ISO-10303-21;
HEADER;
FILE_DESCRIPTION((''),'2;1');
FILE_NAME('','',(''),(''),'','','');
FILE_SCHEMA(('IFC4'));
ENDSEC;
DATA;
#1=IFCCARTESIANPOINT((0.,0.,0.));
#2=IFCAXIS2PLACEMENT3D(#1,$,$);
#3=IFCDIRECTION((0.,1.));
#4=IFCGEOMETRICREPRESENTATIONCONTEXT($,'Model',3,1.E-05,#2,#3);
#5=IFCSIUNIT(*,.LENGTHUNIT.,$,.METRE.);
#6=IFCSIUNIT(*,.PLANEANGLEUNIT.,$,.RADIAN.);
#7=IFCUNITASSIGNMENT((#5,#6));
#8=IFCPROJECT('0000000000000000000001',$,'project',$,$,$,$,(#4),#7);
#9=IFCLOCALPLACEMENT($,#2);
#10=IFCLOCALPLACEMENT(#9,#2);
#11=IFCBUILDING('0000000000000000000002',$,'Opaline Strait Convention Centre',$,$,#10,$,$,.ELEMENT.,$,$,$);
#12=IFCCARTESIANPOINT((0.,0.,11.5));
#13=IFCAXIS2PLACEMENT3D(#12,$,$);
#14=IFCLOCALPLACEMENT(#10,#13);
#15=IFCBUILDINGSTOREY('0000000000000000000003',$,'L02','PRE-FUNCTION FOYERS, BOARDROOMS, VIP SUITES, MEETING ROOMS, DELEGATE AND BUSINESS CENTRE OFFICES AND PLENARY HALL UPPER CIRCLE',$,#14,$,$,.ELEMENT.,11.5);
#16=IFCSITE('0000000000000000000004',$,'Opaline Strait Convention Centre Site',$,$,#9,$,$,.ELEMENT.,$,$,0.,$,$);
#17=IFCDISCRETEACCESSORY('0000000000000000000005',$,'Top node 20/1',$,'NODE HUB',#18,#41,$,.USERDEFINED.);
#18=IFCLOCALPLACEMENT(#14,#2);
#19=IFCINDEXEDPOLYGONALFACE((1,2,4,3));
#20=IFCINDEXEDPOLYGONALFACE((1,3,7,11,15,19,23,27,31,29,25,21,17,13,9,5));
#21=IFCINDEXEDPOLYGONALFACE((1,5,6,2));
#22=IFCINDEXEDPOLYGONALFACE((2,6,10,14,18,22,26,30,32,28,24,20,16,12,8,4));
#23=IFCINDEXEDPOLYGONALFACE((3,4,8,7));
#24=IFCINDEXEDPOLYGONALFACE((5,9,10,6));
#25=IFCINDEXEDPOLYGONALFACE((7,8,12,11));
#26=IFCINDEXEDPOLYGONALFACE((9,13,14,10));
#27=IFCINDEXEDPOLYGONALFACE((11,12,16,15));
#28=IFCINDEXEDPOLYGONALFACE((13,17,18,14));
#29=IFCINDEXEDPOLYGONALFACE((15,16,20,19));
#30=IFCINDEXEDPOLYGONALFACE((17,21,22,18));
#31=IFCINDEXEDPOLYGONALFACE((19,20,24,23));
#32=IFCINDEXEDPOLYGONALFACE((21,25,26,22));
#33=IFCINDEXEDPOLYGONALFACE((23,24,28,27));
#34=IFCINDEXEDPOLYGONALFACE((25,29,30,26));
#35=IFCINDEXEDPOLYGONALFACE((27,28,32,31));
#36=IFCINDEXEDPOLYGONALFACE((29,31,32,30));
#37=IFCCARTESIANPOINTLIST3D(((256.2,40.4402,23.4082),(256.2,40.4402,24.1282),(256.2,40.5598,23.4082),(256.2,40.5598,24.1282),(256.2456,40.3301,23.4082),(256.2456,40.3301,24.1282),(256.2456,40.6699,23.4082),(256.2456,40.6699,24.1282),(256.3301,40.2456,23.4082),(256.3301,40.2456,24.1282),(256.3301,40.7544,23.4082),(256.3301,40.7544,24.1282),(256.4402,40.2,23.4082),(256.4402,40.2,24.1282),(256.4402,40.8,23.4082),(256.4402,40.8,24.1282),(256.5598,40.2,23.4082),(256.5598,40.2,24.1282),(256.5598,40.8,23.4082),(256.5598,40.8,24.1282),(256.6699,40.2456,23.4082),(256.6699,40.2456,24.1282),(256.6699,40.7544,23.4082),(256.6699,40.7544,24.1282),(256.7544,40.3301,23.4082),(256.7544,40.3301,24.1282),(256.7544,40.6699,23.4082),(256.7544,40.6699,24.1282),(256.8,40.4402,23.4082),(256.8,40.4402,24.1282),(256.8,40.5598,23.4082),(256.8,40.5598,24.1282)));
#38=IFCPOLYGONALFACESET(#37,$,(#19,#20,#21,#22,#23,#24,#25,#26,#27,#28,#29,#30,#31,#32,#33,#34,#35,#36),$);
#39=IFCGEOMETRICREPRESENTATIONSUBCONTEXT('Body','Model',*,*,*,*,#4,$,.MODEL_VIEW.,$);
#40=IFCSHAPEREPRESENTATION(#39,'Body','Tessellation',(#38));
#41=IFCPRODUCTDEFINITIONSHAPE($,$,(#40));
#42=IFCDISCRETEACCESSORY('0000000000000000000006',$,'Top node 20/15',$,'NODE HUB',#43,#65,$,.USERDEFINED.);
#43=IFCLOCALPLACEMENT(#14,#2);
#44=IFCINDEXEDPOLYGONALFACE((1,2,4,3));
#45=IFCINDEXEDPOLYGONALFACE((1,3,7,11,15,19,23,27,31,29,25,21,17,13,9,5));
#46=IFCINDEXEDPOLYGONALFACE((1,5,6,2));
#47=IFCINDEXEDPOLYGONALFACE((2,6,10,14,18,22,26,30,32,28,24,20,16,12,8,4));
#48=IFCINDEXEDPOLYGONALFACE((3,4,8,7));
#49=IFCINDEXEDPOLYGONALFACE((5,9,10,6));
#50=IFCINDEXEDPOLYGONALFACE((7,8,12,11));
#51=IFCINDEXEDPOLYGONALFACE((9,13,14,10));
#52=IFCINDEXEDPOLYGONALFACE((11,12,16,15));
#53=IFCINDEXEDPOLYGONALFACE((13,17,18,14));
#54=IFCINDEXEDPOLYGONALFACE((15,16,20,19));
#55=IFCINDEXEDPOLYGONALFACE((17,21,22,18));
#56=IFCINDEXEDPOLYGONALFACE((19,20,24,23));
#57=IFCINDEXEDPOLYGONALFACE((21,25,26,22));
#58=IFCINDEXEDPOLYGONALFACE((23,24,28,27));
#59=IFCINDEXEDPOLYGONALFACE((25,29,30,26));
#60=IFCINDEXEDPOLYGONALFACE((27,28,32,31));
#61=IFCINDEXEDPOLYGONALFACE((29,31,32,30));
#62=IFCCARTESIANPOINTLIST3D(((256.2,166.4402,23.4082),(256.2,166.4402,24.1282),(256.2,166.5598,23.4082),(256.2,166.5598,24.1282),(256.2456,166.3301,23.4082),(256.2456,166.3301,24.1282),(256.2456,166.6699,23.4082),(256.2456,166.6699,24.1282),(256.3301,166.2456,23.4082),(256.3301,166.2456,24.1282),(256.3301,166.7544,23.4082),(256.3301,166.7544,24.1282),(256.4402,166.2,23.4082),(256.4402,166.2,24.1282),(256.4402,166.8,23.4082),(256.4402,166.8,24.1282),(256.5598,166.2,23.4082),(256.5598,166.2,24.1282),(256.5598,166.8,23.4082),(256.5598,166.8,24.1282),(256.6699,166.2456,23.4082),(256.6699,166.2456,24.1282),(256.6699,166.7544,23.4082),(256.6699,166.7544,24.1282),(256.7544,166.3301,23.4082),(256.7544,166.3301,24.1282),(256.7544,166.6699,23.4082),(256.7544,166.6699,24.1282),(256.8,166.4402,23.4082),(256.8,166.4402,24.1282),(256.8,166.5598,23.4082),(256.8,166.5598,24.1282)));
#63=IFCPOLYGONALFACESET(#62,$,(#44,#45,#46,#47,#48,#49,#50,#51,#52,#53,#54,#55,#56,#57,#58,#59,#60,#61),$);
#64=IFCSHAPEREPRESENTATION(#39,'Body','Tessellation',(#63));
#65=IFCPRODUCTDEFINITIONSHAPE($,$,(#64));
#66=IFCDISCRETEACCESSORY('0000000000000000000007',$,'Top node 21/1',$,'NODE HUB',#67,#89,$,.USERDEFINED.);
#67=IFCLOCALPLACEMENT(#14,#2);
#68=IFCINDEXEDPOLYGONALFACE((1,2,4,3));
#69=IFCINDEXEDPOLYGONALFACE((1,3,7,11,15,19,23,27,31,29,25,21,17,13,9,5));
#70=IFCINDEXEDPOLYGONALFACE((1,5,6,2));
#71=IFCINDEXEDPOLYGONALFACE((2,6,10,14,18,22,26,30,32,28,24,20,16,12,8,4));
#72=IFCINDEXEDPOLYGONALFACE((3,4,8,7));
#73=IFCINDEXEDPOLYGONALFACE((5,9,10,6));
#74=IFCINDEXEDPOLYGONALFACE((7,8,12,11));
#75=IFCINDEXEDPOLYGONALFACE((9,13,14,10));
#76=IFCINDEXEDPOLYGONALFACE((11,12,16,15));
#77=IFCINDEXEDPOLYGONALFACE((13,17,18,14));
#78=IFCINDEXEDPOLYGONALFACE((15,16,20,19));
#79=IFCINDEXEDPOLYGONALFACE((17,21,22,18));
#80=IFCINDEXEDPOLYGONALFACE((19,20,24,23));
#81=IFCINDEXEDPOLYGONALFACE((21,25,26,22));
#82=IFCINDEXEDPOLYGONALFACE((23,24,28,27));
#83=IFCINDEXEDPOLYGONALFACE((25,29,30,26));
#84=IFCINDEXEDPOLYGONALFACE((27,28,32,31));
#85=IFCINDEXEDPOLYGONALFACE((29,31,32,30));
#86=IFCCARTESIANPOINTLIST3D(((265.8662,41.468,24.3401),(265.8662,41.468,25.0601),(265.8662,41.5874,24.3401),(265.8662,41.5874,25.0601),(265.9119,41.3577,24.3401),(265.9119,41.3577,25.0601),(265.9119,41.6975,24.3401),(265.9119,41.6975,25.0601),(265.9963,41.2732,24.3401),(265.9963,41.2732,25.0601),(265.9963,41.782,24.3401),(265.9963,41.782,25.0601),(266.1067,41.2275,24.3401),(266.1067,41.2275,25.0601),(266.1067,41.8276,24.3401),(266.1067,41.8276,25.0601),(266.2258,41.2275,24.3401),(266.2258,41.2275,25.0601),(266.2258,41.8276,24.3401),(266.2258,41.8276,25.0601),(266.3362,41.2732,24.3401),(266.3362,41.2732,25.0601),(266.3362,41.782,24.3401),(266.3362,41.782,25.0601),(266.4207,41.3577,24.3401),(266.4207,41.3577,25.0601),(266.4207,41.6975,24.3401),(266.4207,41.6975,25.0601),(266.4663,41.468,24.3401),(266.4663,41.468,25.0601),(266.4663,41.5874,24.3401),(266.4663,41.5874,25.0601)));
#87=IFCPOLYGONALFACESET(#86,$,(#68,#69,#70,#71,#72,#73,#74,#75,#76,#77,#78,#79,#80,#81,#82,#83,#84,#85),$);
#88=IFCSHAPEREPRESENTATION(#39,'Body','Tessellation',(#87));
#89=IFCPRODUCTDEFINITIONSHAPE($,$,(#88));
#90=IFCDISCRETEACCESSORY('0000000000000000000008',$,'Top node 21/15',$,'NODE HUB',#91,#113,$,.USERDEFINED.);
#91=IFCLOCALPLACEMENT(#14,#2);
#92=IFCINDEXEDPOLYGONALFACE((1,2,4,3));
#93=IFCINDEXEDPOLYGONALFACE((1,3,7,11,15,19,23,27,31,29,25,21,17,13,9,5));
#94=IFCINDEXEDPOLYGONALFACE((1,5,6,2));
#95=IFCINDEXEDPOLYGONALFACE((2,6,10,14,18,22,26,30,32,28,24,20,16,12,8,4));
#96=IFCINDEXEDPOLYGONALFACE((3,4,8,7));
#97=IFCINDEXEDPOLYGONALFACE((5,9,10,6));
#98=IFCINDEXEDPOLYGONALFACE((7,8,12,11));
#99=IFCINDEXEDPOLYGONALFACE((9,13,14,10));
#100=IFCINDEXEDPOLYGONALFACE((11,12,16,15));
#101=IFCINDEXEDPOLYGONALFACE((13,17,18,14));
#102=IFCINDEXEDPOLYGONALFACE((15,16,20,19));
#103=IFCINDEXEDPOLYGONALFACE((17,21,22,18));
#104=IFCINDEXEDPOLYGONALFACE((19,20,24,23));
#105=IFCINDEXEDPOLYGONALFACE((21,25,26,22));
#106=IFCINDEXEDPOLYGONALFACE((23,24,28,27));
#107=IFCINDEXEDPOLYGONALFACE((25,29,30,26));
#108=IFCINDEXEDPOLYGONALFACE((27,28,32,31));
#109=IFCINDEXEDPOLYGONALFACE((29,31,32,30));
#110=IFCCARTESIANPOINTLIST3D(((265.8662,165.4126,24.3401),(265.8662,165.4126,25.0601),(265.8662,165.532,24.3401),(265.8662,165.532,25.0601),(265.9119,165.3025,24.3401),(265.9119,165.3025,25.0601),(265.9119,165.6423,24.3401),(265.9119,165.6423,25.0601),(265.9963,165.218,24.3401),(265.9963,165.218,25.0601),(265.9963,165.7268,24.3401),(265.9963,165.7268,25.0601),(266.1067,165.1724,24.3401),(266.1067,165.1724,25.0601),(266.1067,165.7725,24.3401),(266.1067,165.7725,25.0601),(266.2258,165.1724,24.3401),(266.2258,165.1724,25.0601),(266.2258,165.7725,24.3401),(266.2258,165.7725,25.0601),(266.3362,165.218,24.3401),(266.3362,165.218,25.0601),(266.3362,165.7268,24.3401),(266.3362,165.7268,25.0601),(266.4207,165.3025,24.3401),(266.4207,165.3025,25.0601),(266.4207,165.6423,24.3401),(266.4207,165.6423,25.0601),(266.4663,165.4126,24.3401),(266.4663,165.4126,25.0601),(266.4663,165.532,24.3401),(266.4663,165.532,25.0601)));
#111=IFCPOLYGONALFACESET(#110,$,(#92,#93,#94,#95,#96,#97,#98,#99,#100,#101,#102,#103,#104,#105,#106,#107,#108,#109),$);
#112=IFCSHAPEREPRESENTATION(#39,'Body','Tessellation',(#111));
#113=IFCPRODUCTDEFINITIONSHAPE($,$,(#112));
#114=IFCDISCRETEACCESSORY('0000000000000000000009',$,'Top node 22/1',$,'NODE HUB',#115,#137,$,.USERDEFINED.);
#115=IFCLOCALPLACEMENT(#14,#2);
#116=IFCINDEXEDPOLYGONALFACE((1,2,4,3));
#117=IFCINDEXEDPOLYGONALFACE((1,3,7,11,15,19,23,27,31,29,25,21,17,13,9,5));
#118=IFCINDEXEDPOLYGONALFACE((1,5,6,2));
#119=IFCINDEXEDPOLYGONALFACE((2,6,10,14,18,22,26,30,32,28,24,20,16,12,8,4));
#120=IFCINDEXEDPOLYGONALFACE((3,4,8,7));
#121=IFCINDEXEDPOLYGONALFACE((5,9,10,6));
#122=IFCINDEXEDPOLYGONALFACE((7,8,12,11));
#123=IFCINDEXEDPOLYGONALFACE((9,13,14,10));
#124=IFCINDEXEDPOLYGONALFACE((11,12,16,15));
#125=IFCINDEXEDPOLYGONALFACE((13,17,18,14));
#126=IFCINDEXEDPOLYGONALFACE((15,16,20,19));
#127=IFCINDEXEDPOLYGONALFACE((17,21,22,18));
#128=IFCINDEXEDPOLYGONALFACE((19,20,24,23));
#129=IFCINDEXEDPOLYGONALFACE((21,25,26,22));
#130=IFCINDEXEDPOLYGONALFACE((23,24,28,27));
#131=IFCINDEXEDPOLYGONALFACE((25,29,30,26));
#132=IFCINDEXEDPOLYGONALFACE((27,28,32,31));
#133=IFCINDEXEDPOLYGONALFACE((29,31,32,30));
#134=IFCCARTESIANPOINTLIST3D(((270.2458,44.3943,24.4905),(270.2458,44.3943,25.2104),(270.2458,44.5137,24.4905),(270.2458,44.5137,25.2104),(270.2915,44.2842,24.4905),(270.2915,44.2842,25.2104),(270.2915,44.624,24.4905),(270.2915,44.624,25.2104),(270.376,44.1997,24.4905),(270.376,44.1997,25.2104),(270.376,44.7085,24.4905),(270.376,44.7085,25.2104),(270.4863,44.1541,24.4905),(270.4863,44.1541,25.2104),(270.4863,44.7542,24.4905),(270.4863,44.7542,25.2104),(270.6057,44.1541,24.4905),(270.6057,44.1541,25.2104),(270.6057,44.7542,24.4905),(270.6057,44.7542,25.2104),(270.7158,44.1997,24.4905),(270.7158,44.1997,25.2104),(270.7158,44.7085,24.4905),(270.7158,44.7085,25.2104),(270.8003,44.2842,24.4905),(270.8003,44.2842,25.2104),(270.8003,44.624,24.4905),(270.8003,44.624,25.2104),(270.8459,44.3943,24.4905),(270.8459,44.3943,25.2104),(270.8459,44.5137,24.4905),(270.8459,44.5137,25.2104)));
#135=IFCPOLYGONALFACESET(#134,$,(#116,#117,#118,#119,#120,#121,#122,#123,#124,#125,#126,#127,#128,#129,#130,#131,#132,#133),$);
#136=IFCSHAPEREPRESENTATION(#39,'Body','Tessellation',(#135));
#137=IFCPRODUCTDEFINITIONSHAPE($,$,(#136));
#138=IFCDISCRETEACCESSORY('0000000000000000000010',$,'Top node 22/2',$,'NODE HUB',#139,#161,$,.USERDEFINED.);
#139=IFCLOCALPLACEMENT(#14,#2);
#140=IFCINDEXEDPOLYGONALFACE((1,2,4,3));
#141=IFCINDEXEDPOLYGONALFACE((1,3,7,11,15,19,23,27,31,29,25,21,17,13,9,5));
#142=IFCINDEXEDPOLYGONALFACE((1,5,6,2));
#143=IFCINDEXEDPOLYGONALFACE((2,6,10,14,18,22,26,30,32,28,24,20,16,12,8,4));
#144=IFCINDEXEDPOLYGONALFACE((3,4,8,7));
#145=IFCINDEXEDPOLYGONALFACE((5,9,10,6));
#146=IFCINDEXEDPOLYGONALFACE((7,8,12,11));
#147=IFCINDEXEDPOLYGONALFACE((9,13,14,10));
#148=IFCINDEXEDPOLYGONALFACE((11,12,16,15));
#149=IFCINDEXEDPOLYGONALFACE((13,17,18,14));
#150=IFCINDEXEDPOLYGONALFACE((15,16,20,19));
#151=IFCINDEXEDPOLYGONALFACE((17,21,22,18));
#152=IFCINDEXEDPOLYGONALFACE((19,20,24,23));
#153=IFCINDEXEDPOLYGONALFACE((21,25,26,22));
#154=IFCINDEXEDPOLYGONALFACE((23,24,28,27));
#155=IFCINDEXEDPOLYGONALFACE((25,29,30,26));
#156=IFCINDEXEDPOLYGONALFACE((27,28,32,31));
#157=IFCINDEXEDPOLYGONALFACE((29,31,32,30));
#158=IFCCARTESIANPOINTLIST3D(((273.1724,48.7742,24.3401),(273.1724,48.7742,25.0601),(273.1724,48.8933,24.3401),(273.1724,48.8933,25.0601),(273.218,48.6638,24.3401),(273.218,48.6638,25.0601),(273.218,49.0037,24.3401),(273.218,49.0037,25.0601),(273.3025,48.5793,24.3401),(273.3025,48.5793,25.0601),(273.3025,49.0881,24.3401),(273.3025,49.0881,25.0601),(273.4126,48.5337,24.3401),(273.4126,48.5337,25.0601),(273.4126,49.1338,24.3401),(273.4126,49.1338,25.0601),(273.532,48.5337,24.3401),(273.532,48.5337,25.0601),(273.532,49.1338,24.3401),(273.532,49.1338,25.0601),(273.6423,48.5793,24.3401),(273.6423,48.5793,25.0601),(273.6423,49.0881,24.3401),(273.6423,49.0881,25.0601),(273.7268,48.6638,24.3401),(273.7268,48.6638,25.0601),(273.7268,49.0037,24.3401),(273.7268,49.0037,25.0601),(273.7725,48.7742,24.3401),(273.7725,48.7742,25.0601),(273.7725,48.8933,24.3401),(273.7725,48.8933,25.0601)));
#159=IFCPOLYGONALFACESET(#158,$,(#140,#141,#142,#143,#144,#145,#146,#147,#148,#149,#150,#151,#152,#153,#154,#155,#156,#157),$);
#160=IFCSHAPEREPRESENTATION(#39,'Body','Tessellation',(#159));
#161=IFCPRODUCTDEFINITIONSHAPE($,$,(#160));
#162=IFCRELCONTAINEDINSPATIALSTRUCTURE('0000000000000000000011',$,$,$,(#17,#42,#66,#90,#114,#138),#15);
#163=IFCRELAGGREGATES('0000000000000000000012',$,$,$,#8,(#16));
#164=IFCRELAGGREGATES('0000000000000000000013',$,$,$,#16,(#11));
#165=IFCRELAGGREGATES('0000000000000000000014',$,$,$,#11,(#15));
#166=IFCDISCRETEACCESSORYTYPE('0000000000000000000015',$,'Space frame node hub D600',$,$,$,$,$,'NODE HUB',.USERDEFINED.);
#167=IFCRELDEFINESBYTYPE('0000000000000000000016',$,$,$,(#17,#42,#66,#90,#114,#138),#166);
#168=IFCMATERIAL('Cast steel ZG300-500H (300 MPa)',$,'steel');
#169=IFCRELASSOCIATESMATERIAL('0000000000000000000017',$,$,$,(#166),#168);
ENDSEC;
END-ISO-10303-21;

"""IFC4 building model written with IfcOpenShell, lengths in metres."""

from ifc_helpers import new_model, si_unit, direction, frame, origin, place, context, subcontext, project, spatial, polyline, outline, extrude, material, type_object, element, save


model = new_model("IFC4")

# Units and contexts
model_context = context("Model", 3, precision=1e-05, world=origin(), true_north=direction((0.0, 1.0)))
body_context = subcontext(model_context, "Body", "Model", "MODEL_VIEW")
ifc_project = project(units=[si_unit("LENGTHUNIT", "METRE"), si_unit("PLANEANGLEUNIT", "RADIAN")], contexts=[model_context])

# Site, building, storey
site_placement = place(None, origin())
site = spatial("IfcSite", under=ifc_project, at=site_placement, Name="Opaline Strait Convention Centre Site", CompositionType="ELEMENT", RefElevation=0.0)
building_placement = place(site_placement, origin())
building = spatial("IfcBuilding", under=site, at=building_placement, Name="Opaline Strait Convention Centre", CompositionType="ELEMENT")
storey_placement = place(building_placement, frame((0.0, 0.0, 11.5)))
storey = spatial("IfcBuildingStorey", under=building, at=storey_placement, Name="L02", Description="PRE-FUNCTION FOYERS, BOARDROOMS, VIP SUITES, MEETING ROOMS, DELEGATE AND BUSINESS CENTRE OFFICES AND PLENARY HALL UPPER CIRCLE", CompositionType="ELEMENT", Elevation=11.5)

# Discrete accessories
ifc_material = material(Name="Cast steel ZG300-500H (300 MPa)", Category="steel")
discrete_accessory_type_1 = type_object("IfcDiscreteAccessoryType", Name="Space frame node hub D600", ElementType="NODE HUB", PredefinedType="USERDEFINED", material=ifc_material)
discrete_accessory_1_placement = place(storey_placement, frame((0.0, 0.0, 23.4082)))
element("IfcDiscreteAccessory", 1, at=discrete_accessory_1_placement, inside=storey, type_object=discrete_accessory_type_1, Name="Top node 20/1", ObjectType="NODE HUB", PredefinedType="USERDEFINED", context=body_context, shape_type="SweptSolid", body=[
    extrude(outline(polyline([(256.8, 40.5598), (256.7544, 40.6699), (256.6699, 40.7544), (256.5598, 40.8), (256.4402, 40.8), (256.3301, 40.7544), (256.2456, 40.6699), (256.2, 40.5598), (256.2, 40.4402), (256.2456, 40.3301), (256.3301, 40.2456), (256.4402, 40.2), (256.5598, 40.2), (256.6699, 40.2456), (256.7544, 40.3301), (256.8, 40.4402), (256.8, 40.5598)])), origin(), (0.0, 0.0, 1.0), 0.72),
])
discrete_accessory_2_placement = place(storey_placement, frame((0.0, 0.0, 23.4082)))
element("IfcDiscreteAccessory", 2, at=discrete_accessory_2_placement, inside=storey, type_object=discrete_accessory_type_1, Name="Top node 20/15", ObjectType="NODE HUB", PredefinedType="USERDEFINED", context=body_context, shape_type="SweptSolid", body=[
    extrude(outline(polyline([(256.8, 166.5598), (256.7544, 166.6699), (256.6699, 166.7544), (256.5598, 166.8), (256.4402, 166.8), (256.3301, 166.7544), (256.2456, 166.6699), (256.2, 166.5598), (256.2, 166.4402), (256.2456, 166.3301), (256.3301, 166.2456), (256.4402, 166.2), (256.5598, 166.2), (256.6699, 166.2456), (256.7544, 166.3301), (256.8, 166.4402), (256.8, 166.5598)])), origin(), (0.0, 0.0, 1.0), 0.72),
])
discrete_accessory_3_placement = place(storey_placement, frame((0.0, 0.0, 24.3401)))
element("IfcDiscreteAccessory", 3, at=discrete_accessory_3_placement, inside=storey, type_object=discrete_accessory_type_1, Name="Top node 21/1", ObjectType="NODE HUB", PredefinedType="USERDEFINED", context=body_context, shape_type="SweptSolid", body=[
    extrude(outline(polyline([(266.4663, 41.5874), (266.4207, 41.6975), (266.3362, 41.782), (266.2258, 41.8276), (266.1067, 41.8276), (265.9963, 41.782), (265.9119, 41.6975), (265.8662, 41.5874), (265.8662, 41.468), (265.9119, 41.3577), (265.9963, 41.2732), (266.1067, 41.2275), (266.2258, 41.2275), (266.3362, 41.2732), (266.4207, 41.3577), (266.4663, 41.468), (266.4663, 41.5874)])), origin(), (0.0, 0.0, 1.0), 0.72),
])
discrete_accessory_4_placement = place(storey_placement, frame((0.0, 0.0, 24.3401)))
element("IfcDiscreteAccessory", 4, at=discrete_accessory_4_placement, inside=storey, type_object=discrete_accessory_type_1, Name="Top node 21/15", ObjectType="NODE HUB", PredefinedType="USERDEFINED", context=body_context, shape_type="SweptSolid", body=[
    extrude(outline(polyline([(266.4663, 165.532), (266.4207, 165.6423), (266.3362, 165.7268), (266.2258, 165.7725), (266.1067, 165.7725), (265.9963, 165.7268), (265.9119, 165.6423), (265.8662, 165.532), (265.8662, 165.4126), (265.9119, 165.3025), (265.9963, 165.218), (266.1067, 165.1724), (266.2258, 165.1724), (266.3362, 165.218), (266.4207, 165.3025), (266.4663, 165.4126), (266.4663, 165.532)])), origin(), (0.0, 0.0, 1.0), 0.72),
])
discrete_accessory_5_placement = place(storey_placement, frame((0.0, 0.0, 24.4905)))
element("IfcDiscreteAccessory", 5, at=discrete_accessory_5_placement, inside=storey, type_object=discrete_accessory_type_1, Name="Top node 22/1", ObjectType="NODE HUB", PredefinedType="USERDEFINED", context=body_context, shape_type="SweptSolid", body=[
    extrude(outline(polyline([(270.8459, 44.5137), (270.8003, 44.624), (270.7158, 44.7085), (270.6057, 44.7542), (270.4863, 44.7542), (270.376, 44.7085), (270.2915, 44.624), (270.2458, 44.5137), (270.2458, 44.3943), (270.2915, 44.2842), (270.376, 44.1997), (270.4863, 44.1541), (270.6057, 44.1541), (270.7158, 44.1997), (270.8003, 44.2842), (270.8459, 44.3943), (270.8459, 44.5137)])), origin(), (0.0, 0.0, 1.0), 0.72),
])
discrete_accessory_6_placement = place(storey_placement, frame((0.0, 0.0, 24.3401)))
element("IfcDiscreteAccessory", 6, at=discrete_accessory_6_placement, inside=storey, type_object=discrete_accessory_type_1, Name="Top node 22/2", ObjectType="NODE HUB", PredefinedType="USERDEFINED", context=body_context, shape_type="SweptSolid", body=[
    extrude(outline(polyline([(273.7725, 48.8933), (273.7268, 49.0037), (273.6423, 49.0881), (273.532, 49.1338), (273.4126, 49.1338), (273.3025, 49.0881), (273.218, 49.0037), (273.1724, 48.8933), (273.1724, 48.7742), (273.218, 48.6638), (273.3025, 48.5793), (273.4126, 48.5337), (273.532, 48.5337), (273.6423, 48.5793), (273.7268, 48.6638), (273.7725, 48.7742), (273.7725, 48.8933)])), origin(), (0.0, 0.0, 1.0), 0.72),
])

save(model, "model.ifc")
